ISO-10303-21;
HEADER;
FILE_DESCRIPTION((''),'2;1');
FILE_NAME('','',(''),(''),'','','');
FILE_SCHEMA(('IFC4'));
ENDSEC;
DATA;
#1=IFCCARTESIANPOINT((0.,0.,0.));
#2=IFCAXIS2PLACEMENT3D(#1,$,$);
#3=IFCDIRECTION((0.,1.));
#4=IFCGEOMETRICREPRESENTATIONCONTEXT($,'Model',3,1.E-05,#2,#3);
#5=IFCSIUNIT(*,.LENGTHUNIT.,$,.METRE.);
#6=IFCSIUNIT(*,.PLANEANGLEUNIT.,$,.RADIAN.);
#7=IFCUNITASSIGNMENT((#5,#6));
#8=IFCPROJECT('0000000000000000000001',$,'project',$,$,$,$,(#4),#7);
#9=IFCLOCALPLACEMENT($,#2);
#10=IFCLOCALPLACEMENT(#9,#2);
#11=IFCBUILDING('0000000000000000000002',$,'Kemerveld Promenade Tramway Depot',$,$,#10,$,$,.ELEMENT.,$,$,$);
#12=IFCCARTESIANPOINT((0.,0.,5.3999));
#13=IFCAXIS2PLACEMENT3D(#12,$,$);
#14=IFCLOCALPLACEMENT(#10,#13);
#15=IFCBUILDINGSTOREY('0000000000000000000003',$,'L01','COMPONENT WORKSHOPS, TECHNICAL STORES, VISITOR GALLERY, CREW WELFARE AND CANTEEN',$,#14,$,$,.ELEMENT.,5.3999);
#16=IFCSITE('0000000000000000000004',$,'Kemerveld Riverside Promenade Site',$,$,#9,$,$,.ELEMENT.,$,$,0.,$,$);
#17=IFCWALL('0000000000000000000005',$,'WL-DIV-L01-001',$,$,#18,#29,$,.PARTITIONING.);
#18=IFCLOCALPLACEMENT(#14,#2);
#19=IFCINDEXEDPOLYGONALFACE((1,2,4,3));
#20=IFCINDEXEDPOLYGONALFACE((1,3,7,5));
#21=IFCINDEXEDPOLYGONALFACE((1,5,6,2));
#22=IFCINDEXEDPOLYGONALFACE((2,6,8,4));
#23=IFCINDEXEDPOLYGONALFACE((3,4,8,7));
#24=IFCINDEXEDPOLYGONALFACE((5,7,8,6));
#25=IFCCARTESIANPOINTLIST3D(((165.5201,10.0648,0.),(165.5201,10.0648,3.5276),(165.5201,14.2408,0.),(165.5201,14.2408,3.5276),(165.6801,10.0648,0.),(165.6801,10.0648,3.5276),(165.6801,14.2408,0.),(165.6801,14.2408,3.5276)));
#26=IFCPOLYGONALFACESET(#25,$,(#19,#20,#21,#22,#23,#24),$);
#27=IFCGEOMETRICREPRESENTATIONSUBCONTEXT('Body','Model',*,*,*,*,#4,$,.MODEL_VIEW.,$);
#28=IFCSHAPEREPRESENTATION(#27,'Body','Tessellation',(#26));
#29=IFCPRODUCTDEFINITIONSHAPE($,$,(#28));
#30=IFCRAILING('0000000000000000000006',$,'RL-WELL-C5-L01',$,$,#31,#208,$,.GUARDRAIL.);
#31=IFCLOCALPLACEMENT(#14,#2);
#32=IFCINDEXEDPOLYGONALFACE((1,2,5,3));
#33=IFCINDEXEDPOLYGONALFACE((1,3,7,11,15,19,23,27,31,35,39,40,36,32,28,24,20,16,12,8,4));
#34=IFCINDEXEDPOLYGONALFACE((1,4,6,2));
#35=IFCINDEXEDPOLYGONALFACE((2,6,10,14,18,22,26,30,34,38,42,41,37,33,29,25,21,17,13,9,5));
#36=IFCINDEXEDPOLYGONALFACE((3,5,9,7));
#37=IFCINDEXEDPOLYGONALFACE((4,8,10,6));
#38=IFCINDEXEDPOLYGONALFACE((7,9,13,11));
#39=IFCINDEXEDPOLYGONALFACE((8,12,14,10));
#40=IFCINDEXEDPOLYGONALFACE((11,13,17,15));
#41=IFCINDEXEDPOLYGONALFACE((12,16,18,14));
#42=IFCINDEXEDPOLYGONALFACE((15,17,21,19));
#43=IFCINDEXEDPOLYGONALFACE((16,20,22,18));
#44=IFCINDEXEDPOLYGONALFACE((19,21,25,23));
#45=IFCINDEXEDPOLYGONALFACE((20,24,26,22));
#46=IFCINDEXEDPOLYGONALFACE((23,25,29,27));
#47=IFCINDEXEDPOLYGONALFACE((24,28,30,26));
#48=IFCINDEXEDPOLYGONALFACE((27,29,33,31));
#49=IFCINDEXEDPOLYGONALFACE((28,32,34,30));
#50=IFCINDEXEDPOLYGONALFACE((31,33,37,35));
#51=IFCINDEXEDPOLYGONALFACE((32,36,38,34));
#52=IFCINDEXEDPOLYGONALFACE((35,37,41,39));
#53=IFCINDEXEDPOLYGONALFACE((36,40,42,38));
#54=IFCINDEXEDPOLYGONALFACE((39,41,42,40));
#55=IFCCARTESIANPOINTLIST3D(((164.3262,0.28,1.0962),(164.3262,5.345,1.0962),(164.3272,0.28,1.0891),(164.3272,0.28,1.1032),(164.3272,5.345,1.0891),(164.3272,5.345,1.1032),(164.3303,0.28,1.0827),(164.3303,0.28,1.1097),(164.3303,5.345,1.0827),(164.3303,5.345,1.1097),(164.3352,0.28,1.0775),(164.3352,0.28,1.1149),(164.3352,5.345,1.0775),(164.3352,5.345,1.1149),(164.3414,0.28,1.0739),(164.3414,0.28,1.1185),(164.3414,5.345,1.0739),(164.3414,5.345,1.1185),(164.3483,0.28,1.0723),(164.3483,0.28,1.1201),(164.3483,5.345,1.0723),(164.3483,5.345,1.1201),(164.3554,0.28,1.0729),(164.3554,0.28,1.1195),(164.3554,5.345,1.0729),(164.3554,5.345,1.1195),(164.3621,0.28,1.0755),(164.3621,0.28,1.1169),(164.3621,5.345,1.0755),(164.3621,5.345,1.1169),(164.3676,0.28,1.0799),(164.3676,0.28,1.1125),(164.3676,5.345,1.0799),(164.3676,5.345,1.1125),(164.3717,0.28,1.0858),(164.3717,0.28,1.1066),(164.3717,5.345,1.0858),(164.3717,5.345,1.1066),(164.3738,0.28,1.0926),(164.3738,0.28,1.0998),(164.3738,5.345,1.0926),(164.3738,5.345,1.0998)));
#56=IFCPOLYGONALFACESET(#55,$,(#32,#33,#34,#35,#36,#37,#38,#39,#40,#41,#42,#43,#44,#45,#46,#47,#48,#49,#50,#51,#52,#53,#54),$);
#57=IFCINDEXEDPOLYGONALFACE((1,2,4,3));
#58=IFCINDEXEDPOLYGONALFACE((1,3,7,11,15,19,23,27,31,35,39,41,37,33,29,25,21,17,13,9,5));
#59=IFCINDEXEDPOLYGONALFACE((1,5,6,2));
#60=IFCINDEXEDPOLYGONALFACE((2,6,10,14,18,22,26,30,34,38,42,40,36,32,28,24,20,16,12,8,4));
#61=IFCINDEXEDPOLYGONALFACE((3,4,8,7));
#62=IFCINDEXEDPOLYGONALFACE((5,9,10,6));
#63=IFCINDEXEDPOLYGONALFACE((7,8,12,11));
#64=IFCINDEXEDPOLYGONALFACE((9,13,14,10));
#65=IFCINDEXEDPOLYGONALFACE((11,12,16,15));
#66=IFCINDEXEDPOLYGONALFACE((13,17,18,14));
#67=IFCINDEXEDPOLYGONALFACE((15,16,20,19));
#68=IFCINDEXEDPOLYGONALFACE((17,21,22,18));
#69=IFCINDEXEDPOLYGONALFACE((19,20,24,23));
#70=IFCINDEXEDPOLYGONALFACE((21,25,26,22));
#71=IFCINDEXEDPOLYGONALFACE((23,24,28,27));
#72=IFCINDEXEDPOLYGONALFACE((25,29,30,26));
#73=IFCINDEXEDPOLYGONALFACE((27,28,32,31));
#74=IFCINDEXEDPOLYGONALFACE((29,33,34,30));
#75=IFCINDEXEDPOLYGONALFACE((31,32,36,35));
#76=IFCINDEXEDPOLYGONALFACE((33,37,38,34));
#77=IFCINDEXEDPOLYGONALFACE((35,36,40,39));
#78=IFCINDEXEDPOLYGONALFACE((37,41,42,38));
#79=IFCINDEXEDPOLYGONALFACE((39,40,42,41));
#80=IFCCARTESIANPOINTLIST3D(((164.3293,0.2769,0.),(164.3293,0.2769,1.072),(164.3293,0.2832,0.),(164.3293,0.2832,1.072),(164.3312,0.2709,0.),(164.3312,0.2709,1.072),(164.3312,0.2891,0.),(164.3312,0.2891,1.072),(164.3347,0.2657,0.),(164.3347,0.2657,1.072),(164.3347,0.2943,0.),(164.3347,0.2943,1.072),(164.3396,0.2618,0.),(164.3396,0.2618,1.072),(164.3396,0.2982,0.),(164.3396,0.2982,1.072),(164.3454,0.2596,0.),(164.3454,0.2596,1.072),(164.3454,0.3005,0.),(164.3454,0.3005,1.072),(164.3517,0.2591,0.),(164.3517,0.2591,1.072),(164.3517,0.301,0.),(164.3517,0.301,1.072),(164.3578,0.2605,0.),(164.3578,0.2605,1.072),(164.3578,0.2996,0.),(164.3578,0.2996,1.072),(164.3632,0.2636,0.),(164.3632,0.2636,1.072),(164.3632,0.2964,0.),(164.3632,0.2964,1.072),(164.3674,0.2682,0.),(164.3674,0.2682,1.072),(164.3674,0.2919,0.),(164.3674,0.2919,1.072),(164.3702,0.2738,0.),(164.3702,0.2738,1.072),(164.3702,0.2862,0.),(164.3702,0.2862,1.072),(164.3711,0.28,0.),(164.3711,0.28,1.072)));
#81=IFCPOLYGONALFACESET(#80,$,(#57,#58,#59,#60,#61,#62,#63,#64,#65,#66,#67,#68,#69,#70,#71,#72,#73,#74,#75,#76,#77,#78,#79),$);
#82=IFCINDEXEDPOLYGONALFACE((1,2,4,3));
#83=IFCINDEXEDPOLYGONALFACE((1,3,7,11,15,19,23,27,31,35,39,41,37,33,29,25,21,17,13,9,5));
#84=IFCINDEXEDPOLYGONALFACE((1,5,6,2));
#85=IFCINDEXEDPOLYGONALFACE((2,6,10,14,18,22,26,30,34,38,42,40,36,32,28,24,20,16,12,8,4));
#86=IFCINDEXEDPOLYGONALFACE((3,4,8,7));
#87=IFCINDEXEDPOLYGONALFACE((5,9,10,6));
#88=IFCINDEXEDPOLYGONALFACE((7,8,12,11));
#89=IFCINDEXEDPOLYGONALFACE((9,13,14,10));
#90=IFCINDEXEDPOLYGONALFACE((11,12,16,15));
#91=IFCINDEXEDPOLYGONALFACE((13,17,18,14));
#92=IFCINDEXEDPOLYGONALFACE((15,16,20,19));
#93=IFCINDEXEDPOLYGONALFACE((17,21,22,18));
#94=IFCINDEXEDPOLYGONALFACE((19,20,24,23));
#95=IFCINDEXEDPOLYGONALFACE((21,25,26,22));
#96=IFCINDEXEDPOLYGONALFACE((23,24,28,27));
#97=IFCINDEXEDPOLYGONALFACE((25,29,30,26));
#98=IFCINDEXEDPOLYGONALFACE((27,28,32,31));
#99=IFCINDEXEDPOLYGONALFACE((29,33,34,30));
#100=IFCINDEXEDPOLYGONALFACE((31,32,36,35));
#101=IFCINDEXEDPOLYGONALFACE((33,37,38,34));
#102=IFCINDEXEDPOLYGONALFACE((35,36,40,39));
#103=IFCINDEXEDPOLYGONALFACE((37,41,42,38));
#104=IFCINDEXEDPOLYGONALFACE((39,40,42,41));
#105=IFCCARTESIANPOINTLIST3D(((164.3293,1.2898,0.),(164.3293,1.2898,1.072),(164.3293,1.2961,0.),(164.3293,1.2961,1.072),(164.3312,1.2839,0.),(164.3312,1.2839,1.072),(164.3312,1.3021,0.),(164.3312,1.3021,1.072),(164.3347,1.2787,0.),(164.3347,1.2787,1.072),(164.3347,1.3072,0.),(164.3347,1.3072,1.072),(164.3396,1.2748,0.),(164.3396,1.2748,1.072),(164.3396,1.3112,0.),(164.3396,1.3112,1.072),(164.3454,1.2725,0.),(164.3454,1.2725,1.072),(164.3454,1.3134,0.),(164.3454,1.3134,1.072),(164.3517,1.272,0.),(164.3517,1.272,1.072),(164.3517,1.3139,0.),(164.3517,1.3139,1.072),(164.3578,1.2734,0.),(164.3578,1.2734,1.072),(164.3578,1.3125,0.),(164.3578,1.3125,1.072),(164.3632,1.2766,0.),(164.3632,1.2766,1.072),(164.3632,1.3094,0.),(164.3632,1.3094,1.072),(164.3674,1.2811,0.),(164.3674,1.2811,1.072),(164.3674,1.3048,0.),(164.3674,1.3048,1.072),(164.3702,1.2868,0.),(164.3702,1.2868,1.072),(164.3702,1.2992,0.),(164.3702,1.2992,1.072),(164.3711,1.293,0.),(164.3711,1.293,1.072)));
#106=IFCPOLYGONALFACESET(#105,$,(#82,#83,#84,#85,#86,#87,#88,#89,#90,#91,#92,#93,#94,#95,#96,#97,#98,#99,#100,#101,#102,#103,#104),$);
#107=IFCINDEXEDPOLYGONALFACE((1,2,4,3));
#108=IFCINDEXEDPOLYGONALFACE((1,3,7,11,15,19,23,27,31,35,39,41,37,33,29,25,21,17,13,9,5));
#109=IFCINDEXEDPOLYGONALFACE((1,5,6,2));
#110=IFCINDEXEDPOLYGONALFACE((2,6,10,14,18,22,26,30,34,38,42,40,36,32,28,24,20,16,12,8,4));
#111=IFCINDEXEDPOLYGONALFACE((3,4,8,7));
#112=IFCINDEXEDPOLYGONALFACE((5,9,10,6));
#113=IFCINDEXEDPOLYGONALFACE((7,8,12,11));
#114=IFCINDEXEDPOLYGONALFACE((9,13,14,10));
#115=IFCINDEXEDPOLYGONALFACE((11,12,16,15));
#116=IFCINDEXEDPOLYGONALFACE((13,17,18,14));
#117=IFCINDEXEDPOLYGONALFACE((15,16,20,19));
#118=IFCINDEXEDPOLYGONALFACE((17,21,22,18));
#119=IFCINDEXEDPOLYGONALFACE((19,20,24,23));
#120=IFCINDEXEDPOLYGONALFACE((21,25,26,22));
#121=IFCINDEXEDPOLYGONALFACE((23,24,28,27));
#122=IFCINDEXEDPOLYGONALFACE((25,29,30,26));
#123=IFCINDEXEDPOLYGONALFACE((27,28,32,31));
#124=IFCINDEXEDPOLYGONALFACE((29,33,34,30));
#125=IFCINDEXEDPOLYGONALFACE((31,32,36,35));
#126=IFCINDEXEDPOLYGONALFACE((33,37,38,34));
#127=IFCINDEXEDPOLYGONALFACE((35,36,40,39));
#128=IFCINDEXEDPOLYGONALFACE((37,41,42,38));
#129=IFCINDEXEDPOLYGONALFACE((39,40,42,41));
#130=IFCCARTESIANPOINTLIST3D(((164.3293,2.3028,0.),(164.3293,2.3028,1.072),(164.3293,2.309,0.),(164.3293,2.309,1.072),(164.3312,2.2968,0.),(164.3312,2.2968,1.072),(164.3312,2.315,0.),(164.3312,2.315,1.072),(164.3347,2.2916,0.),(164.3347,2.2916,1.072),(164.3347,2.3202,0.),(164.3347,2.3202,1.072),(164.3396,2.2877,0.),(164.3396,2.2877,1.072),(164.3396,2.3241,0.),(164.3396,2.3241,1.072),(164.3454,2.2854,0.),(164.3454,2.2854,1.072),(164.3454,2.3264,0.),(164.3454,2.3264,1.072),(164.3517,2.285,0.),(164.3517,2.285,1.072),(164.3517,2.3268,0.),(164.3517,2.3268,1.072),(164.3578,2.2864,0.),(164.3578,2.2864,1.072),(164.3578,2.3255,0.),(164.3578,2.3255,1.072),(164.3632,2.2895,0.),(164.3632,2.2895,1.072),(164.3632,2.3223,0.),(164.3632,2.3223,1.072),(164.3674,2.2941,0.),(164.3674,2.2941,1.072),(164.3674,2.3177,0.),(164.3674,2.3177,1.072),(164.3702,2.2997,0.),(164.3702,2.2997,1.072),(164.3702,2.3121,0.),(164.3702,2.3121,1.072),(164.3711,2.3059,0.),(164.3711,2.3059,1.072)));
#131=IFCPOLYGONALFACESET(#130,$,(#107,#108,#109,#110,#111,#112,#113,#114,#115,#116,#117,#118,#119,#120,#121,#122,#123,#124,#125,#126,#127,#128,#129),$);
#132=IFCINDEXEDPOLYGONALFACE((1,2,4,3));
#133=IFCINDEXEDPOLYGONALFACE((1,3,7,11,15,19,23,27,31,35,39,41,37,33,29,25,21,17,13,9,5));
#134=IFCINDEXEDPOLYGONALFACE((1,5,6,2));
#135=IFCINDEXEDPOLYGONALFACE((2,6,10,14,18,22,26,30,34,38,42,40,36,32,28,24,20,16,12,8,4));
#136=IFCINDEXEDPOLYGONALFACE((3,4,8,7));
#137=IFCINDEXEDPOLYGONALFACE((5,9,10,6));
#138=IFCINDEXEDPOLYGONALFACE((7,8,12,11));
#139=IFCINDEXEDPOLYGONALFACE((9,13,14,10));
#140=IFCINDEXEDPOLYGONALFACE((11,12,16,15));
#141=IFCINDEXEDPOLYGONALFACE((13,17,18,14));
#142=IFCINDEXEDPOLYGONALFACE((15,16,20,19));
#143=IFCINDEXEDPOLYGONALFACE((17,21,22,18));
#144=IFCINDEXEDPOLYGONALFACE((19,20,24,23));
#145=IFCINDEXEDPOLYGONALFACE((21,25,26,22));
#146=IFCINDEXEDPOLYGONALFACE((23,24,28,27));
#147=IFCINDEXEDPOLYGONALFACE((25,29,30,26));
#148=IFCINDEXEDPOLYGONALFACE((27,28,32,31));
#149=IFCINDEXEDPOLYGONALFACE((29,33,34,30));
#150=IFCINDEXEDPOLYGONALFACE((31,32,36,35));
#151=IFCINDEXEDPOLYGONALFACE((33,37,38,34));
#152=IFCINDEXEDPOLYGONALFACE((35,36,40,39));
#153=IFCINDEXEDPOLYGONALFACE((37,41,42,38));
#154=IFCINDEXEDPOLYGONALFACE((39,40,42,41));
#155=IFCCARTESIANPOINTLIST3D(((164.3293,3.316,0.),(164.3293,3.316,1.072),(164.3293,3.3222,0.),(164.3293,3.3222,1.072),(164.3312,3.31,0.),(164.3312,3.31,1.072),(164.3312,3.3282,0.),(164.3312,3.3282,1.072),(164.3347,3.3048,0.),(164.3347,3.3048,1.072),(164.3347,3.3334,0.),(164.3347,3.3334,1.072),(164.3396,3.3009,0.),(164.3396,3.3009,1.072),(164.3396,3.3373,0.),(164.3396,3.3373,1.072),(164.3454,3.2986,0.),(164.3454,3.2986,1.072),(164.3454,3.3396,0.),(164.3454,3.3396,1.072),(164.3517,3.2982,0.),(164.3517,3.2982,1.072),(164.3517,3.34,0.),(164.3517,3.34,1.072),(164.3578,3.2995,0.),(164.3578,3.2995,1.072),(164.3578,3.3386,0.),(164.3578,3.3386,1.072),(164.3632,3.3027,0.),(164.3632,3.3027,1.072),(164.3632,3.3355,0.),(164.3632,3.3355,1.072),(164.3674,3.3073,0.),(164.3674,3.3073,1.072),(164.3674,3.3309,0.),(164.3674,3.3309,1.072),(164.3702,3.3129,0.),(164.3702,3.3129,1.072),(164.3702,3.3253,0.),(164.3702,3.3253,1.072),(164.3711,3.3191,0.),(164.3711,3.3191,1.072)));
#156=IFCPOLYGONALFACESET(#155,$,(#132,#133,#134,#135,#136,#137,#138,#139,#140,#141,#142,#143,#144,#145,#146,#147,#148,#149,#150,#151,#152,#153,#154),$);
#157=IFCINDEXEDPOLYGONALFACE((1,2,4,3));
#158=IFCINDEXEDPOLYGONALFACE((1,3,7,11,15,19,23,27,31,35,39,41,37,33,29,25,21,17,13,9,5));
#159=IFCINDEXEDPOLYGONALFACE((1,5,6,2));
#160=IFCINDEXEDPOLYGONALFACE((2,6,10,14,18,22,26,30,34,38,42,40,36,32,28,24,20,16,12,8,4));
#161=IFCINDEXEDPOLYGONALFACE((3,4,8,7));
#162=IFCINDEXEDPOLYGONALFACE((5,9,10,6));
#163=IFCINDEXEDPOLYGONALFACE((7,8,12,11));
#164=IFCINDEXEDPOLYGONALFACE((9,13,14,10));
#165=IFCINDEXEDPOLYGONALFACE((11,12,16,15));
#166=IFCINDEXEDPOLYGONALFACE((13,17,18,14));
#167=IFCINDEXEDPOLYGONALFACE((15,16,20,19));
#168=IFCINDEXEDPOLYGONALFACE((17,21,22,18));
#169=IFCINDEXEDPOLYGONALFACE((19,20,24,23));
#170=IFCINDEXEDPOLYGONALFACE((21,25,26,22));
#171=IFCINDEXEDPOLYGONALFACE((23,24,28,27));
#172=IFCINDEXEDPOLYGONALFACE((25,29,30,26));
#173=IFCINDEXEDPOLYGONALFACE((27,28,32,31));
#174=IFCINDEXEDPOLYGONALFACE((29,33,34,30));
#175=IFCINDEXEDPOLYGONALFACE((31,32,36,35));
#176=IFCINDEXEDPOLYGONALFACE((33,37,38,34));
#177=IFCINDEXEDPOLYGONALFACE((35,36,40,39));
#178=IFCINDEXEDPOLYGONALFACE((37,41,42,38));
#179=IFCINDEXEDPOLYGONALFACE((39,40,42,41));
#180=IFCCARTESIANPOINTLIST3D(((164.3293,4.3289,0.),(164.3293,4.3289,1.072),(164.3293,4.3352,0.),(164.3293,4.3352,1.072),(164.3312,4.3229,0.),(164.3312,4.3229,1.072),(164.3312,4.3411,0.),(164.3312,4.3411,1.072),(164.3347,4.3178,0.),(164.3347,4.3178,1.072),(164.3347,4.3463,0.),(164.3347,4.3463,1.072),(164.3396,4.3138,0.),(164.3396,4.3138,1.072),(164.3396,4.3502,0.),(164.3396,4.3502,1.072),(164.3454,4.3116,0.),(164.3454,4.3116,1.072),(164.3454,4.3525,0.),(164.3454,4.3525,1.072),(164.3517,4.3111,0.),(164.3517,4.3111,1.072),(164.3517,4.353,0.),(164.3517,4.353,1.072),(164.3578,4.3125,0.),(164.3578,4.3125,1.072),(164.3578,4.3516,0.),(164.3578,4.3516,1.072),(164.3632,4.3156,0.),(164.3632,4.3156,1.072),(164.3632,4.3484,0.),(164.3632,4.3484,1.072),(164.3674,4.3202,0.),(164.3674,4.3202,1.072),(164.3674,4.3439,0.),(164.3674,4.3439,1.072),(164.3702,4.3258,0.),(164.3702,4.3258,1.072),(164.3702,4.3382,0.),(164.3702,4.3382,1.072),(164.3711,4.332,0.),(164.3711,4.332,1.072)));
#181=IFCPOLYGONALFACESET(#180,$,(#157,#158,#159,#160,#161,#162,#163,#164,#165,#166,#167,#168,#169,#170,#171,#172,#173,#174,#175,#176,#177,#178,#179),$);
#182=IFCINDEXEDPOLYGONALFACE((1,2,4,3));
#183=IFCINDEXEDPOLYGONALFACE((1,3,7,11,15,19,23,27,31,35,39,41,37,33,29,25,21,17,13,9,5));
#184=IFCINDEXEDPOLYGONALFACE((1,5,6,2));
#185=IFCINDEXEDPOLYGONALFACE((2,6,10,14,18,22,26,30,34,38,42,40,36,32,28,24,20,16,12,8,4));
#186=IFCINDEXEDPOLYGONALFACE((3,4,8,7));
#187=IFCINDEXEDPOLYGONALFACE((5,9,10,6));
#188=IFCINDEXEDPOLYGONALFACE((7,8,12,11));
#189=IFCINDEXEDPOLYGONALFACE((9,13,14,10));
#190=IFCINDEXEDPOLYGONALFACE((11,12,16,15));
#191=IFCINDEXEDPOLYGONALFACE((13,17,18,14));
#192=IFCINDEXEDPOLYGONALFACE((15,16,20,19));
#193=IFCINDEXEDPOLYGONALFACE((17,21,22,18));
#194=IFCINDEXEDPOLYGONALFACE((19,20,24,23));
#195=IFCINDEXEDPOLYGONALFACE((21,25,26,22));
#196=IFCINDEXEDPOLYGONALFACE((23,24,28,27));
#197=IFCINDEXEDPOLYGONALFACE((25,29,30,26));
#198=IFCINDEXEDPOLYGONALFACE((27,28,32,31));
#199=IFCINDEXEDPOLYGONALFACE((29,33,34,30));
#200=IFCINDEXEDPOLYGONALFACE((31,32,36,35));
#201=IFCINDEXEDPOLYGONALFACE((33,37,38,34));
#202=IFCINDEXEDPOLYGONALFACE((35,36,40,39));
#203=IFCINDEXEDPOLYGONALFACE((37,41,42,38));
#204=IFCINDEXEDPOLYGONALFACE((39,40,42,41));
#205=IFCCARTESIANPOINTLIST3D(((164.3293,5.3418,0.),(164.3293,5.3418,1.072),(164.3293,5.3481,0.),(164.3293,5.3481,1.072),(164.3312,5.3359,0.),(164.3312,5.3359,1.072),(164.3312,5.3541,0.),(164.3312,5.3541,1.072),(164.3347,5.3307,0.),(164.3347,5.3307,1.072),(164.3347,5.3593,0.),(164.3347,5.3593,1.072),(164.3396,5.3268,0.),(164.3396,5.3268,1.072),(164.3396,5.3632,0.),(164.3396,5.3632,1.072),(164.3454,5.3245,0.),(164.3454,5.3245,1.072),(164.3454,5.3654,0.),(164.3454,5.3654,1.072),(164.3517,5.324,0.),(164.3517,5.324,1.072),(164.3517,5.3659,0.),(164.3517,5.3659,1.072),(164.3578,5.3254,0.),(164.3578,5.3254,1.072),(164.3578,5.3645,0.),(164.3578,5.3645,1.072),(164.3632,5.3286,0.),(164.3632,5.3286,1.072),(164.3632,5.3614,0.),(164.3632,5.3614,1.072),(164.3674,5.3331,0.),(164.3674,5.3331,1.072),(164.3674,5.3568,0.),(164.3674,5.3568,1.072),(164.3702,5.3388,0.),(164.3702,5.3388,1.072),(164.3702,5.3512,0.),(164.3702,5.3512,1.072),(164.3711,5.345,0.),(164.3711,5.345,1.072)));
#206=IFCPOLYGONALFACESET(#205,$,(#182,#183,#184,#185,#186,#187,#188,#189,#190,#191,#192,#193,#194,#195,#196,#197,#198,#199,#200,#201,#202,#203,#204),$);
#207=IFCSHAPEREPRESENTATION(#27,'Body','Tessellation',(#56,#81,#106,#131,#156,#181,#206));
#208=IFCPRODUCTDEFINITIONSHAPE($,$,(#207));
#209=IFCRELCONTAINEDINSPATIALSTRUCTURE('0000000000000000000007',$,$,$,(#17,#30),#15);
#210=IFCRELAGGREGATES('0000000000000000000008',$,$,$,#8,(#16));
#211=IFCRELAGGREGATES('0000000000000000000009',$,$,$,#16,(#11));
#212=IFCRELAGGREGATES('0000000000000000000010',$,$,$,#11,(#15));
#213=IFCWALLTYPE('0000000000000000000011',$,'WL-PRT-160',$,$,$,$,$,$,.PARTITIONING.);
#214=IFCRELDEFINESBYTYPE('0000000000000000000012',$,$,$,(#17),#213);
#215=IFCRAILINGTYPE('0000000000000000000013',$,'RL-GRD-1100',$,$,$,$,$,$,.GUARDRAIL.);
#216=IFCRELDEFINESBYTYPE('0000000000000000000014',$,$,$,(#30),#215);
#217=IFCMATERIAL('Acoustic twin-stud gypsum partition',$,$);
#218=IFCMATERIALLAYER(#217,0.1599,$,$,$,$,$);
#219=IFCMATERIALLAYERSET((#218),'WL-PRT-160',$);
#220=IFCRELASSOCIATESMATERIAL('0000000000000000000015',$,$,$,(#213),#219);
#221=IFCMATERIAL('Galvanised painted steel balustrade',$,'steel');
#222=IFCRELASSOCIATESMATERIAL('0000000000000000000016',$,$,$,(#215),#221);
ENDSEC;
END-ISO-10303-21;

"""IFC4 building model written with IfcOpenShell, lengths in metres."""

from ifc_helpers import new_model, si_unit, direction, frame, frame_2d, origin, origin_2d, place, context, subcontext, project, spatial, rectangle, circle, extrude, material, layer, layer_set, type_object, element, save


model = new_model("IFC4")

# Units and contexts
model_context = context("Model", 3, precision=1e-05, world=origin(), true_north=direction((0.0, 1.0)))
body_context = subcontext(model_context, "Body", "Model", "MODEL_VIEW")
ifc_project = project(units=[si_unit("LENGTHUNIT", "METRE"), si_unit("PLANEANGLEUNIT", "RADIAN")], contexts=[model_context])

# Site, building, storey
site_placement = place(None, origin())
site = spatial("IfcSite", under=ifc_project, at=site_placement, Name="Kemerveld Riverside Promenade Site", CompositionType="ELEMENT", RefElevation=0.0)
building_placement = place(site_placement, origin())
building = spatial("IfcBuilding", under=site, at=building_placement, Name="Kemerveld Promenade Tramway Depot", CompositionType="ELEMENT")
storey_placement = place(building_placement, frame((0.0, 0.0, 5.3999)))
storey = spatial("IfcBuildingStorey", under=building, at=storey_placement, Name="L01", Description="COMPONENT WORKSHOPS, TECHNICAL STORES, VISITOR GALLERY, CREW WELFARE AND CANTEEN", CompositionType="ELEMENT", Elevation=5.3999)

# Wall
ifc_material_1 = material(Name="Acoustic twin-stud gypsum partition")
ifc_layer_1 = layer(ifc_material_1, 0.1599)
ifc_layer_set_1 = layer_set([ifc_layer_1], Name="WL-PRT-160")
wall_type_1 = type_object("IfcWallType", Name="WL-PRT-160", PredefinedType="PARTITIONING", material=ifc_layer_set_1)
wall_1_placement = place(storey_placement, frame((165.6001, 10.0649, 0.0), z_axis=(0.0, 0.0, 1.0), x_axis=(0.0, 1.0, 0.0)))
element("IfcWall", 1, at=wall_1_placement, inside=storey, type_object=wall_type_1, Name="WL-DIV-L01-001", PredefinedType="PARTITIONING", context=body_context, shape_type="SweptSolid", body=[
    extrude(rectangle(XDim=4.176, YDim=0.1599, at=frame_2d((2.0879, 0.0))), origin(), (0.0, 0.0, 1.0), 3.5276),
])

# Railing
ifc_material_2 = material(Name="Galvanised painted steel balustrade", Category="steel")
railing_type = type_object("IfcRailingType", Name="RL-GRD-1100", PredefinedType="GUARDRAIL", material=ifc_material_2)
railing_placement = place(storey_placement, frame((164.3501, 0.28, 0.0)))
element("IfcRailing", 2, at=railing_placement, inside=storey, type_object=railing_type, Name="RL-WELL-C5-L01", PredefinedType="GUARDRAIL", context=body_context, shape_type="SweptSolid", body=[
    extrude(circle(Radius=0.0239, at=origin_2d()), frame((0.0, 0.0, 1.0962), z_axis=(0.0, 1.0, 0.0), x_axis=(-1.0, 0.0, 0.0)), (0.0, 0.0, 1.0), 5.0649),
    extrude(circle(Radius=0.021, at=origin_2d()), origin(), (0.0, 0.0, 1.0), 1.072),
    extrude(circle(Radius=0.021, at=origin_2d()), frame((0.0, 1.0129, 0.0)), (0.0, 0.0, 1.0), 1.072),
    extrude(circle(Radius=0.021, at=origin_2d()), frame((0.0, 2.0259, 0.0)), (0.0, 0.0, 1.0), 1.072),
    extrude(circle(Radius=0.021, at=origin_2d()), frame((0.0, 3.0391, 0.0)), (0.0, 0.0, 1.0), 1.072),
    extrude(circle(Radius=0.021, at=origin_2d()), frame((0.0, 4.052, 0.0)), (0.0, 0.0, 1.0), 1.072),
    extrude(circle(Radius=0.021, at=origin_2d()), frame((0.0, 5.0649, 0.0)), (0.0, 0.0, 1.0), 1.072),
])

save(model, "model.ifc")
